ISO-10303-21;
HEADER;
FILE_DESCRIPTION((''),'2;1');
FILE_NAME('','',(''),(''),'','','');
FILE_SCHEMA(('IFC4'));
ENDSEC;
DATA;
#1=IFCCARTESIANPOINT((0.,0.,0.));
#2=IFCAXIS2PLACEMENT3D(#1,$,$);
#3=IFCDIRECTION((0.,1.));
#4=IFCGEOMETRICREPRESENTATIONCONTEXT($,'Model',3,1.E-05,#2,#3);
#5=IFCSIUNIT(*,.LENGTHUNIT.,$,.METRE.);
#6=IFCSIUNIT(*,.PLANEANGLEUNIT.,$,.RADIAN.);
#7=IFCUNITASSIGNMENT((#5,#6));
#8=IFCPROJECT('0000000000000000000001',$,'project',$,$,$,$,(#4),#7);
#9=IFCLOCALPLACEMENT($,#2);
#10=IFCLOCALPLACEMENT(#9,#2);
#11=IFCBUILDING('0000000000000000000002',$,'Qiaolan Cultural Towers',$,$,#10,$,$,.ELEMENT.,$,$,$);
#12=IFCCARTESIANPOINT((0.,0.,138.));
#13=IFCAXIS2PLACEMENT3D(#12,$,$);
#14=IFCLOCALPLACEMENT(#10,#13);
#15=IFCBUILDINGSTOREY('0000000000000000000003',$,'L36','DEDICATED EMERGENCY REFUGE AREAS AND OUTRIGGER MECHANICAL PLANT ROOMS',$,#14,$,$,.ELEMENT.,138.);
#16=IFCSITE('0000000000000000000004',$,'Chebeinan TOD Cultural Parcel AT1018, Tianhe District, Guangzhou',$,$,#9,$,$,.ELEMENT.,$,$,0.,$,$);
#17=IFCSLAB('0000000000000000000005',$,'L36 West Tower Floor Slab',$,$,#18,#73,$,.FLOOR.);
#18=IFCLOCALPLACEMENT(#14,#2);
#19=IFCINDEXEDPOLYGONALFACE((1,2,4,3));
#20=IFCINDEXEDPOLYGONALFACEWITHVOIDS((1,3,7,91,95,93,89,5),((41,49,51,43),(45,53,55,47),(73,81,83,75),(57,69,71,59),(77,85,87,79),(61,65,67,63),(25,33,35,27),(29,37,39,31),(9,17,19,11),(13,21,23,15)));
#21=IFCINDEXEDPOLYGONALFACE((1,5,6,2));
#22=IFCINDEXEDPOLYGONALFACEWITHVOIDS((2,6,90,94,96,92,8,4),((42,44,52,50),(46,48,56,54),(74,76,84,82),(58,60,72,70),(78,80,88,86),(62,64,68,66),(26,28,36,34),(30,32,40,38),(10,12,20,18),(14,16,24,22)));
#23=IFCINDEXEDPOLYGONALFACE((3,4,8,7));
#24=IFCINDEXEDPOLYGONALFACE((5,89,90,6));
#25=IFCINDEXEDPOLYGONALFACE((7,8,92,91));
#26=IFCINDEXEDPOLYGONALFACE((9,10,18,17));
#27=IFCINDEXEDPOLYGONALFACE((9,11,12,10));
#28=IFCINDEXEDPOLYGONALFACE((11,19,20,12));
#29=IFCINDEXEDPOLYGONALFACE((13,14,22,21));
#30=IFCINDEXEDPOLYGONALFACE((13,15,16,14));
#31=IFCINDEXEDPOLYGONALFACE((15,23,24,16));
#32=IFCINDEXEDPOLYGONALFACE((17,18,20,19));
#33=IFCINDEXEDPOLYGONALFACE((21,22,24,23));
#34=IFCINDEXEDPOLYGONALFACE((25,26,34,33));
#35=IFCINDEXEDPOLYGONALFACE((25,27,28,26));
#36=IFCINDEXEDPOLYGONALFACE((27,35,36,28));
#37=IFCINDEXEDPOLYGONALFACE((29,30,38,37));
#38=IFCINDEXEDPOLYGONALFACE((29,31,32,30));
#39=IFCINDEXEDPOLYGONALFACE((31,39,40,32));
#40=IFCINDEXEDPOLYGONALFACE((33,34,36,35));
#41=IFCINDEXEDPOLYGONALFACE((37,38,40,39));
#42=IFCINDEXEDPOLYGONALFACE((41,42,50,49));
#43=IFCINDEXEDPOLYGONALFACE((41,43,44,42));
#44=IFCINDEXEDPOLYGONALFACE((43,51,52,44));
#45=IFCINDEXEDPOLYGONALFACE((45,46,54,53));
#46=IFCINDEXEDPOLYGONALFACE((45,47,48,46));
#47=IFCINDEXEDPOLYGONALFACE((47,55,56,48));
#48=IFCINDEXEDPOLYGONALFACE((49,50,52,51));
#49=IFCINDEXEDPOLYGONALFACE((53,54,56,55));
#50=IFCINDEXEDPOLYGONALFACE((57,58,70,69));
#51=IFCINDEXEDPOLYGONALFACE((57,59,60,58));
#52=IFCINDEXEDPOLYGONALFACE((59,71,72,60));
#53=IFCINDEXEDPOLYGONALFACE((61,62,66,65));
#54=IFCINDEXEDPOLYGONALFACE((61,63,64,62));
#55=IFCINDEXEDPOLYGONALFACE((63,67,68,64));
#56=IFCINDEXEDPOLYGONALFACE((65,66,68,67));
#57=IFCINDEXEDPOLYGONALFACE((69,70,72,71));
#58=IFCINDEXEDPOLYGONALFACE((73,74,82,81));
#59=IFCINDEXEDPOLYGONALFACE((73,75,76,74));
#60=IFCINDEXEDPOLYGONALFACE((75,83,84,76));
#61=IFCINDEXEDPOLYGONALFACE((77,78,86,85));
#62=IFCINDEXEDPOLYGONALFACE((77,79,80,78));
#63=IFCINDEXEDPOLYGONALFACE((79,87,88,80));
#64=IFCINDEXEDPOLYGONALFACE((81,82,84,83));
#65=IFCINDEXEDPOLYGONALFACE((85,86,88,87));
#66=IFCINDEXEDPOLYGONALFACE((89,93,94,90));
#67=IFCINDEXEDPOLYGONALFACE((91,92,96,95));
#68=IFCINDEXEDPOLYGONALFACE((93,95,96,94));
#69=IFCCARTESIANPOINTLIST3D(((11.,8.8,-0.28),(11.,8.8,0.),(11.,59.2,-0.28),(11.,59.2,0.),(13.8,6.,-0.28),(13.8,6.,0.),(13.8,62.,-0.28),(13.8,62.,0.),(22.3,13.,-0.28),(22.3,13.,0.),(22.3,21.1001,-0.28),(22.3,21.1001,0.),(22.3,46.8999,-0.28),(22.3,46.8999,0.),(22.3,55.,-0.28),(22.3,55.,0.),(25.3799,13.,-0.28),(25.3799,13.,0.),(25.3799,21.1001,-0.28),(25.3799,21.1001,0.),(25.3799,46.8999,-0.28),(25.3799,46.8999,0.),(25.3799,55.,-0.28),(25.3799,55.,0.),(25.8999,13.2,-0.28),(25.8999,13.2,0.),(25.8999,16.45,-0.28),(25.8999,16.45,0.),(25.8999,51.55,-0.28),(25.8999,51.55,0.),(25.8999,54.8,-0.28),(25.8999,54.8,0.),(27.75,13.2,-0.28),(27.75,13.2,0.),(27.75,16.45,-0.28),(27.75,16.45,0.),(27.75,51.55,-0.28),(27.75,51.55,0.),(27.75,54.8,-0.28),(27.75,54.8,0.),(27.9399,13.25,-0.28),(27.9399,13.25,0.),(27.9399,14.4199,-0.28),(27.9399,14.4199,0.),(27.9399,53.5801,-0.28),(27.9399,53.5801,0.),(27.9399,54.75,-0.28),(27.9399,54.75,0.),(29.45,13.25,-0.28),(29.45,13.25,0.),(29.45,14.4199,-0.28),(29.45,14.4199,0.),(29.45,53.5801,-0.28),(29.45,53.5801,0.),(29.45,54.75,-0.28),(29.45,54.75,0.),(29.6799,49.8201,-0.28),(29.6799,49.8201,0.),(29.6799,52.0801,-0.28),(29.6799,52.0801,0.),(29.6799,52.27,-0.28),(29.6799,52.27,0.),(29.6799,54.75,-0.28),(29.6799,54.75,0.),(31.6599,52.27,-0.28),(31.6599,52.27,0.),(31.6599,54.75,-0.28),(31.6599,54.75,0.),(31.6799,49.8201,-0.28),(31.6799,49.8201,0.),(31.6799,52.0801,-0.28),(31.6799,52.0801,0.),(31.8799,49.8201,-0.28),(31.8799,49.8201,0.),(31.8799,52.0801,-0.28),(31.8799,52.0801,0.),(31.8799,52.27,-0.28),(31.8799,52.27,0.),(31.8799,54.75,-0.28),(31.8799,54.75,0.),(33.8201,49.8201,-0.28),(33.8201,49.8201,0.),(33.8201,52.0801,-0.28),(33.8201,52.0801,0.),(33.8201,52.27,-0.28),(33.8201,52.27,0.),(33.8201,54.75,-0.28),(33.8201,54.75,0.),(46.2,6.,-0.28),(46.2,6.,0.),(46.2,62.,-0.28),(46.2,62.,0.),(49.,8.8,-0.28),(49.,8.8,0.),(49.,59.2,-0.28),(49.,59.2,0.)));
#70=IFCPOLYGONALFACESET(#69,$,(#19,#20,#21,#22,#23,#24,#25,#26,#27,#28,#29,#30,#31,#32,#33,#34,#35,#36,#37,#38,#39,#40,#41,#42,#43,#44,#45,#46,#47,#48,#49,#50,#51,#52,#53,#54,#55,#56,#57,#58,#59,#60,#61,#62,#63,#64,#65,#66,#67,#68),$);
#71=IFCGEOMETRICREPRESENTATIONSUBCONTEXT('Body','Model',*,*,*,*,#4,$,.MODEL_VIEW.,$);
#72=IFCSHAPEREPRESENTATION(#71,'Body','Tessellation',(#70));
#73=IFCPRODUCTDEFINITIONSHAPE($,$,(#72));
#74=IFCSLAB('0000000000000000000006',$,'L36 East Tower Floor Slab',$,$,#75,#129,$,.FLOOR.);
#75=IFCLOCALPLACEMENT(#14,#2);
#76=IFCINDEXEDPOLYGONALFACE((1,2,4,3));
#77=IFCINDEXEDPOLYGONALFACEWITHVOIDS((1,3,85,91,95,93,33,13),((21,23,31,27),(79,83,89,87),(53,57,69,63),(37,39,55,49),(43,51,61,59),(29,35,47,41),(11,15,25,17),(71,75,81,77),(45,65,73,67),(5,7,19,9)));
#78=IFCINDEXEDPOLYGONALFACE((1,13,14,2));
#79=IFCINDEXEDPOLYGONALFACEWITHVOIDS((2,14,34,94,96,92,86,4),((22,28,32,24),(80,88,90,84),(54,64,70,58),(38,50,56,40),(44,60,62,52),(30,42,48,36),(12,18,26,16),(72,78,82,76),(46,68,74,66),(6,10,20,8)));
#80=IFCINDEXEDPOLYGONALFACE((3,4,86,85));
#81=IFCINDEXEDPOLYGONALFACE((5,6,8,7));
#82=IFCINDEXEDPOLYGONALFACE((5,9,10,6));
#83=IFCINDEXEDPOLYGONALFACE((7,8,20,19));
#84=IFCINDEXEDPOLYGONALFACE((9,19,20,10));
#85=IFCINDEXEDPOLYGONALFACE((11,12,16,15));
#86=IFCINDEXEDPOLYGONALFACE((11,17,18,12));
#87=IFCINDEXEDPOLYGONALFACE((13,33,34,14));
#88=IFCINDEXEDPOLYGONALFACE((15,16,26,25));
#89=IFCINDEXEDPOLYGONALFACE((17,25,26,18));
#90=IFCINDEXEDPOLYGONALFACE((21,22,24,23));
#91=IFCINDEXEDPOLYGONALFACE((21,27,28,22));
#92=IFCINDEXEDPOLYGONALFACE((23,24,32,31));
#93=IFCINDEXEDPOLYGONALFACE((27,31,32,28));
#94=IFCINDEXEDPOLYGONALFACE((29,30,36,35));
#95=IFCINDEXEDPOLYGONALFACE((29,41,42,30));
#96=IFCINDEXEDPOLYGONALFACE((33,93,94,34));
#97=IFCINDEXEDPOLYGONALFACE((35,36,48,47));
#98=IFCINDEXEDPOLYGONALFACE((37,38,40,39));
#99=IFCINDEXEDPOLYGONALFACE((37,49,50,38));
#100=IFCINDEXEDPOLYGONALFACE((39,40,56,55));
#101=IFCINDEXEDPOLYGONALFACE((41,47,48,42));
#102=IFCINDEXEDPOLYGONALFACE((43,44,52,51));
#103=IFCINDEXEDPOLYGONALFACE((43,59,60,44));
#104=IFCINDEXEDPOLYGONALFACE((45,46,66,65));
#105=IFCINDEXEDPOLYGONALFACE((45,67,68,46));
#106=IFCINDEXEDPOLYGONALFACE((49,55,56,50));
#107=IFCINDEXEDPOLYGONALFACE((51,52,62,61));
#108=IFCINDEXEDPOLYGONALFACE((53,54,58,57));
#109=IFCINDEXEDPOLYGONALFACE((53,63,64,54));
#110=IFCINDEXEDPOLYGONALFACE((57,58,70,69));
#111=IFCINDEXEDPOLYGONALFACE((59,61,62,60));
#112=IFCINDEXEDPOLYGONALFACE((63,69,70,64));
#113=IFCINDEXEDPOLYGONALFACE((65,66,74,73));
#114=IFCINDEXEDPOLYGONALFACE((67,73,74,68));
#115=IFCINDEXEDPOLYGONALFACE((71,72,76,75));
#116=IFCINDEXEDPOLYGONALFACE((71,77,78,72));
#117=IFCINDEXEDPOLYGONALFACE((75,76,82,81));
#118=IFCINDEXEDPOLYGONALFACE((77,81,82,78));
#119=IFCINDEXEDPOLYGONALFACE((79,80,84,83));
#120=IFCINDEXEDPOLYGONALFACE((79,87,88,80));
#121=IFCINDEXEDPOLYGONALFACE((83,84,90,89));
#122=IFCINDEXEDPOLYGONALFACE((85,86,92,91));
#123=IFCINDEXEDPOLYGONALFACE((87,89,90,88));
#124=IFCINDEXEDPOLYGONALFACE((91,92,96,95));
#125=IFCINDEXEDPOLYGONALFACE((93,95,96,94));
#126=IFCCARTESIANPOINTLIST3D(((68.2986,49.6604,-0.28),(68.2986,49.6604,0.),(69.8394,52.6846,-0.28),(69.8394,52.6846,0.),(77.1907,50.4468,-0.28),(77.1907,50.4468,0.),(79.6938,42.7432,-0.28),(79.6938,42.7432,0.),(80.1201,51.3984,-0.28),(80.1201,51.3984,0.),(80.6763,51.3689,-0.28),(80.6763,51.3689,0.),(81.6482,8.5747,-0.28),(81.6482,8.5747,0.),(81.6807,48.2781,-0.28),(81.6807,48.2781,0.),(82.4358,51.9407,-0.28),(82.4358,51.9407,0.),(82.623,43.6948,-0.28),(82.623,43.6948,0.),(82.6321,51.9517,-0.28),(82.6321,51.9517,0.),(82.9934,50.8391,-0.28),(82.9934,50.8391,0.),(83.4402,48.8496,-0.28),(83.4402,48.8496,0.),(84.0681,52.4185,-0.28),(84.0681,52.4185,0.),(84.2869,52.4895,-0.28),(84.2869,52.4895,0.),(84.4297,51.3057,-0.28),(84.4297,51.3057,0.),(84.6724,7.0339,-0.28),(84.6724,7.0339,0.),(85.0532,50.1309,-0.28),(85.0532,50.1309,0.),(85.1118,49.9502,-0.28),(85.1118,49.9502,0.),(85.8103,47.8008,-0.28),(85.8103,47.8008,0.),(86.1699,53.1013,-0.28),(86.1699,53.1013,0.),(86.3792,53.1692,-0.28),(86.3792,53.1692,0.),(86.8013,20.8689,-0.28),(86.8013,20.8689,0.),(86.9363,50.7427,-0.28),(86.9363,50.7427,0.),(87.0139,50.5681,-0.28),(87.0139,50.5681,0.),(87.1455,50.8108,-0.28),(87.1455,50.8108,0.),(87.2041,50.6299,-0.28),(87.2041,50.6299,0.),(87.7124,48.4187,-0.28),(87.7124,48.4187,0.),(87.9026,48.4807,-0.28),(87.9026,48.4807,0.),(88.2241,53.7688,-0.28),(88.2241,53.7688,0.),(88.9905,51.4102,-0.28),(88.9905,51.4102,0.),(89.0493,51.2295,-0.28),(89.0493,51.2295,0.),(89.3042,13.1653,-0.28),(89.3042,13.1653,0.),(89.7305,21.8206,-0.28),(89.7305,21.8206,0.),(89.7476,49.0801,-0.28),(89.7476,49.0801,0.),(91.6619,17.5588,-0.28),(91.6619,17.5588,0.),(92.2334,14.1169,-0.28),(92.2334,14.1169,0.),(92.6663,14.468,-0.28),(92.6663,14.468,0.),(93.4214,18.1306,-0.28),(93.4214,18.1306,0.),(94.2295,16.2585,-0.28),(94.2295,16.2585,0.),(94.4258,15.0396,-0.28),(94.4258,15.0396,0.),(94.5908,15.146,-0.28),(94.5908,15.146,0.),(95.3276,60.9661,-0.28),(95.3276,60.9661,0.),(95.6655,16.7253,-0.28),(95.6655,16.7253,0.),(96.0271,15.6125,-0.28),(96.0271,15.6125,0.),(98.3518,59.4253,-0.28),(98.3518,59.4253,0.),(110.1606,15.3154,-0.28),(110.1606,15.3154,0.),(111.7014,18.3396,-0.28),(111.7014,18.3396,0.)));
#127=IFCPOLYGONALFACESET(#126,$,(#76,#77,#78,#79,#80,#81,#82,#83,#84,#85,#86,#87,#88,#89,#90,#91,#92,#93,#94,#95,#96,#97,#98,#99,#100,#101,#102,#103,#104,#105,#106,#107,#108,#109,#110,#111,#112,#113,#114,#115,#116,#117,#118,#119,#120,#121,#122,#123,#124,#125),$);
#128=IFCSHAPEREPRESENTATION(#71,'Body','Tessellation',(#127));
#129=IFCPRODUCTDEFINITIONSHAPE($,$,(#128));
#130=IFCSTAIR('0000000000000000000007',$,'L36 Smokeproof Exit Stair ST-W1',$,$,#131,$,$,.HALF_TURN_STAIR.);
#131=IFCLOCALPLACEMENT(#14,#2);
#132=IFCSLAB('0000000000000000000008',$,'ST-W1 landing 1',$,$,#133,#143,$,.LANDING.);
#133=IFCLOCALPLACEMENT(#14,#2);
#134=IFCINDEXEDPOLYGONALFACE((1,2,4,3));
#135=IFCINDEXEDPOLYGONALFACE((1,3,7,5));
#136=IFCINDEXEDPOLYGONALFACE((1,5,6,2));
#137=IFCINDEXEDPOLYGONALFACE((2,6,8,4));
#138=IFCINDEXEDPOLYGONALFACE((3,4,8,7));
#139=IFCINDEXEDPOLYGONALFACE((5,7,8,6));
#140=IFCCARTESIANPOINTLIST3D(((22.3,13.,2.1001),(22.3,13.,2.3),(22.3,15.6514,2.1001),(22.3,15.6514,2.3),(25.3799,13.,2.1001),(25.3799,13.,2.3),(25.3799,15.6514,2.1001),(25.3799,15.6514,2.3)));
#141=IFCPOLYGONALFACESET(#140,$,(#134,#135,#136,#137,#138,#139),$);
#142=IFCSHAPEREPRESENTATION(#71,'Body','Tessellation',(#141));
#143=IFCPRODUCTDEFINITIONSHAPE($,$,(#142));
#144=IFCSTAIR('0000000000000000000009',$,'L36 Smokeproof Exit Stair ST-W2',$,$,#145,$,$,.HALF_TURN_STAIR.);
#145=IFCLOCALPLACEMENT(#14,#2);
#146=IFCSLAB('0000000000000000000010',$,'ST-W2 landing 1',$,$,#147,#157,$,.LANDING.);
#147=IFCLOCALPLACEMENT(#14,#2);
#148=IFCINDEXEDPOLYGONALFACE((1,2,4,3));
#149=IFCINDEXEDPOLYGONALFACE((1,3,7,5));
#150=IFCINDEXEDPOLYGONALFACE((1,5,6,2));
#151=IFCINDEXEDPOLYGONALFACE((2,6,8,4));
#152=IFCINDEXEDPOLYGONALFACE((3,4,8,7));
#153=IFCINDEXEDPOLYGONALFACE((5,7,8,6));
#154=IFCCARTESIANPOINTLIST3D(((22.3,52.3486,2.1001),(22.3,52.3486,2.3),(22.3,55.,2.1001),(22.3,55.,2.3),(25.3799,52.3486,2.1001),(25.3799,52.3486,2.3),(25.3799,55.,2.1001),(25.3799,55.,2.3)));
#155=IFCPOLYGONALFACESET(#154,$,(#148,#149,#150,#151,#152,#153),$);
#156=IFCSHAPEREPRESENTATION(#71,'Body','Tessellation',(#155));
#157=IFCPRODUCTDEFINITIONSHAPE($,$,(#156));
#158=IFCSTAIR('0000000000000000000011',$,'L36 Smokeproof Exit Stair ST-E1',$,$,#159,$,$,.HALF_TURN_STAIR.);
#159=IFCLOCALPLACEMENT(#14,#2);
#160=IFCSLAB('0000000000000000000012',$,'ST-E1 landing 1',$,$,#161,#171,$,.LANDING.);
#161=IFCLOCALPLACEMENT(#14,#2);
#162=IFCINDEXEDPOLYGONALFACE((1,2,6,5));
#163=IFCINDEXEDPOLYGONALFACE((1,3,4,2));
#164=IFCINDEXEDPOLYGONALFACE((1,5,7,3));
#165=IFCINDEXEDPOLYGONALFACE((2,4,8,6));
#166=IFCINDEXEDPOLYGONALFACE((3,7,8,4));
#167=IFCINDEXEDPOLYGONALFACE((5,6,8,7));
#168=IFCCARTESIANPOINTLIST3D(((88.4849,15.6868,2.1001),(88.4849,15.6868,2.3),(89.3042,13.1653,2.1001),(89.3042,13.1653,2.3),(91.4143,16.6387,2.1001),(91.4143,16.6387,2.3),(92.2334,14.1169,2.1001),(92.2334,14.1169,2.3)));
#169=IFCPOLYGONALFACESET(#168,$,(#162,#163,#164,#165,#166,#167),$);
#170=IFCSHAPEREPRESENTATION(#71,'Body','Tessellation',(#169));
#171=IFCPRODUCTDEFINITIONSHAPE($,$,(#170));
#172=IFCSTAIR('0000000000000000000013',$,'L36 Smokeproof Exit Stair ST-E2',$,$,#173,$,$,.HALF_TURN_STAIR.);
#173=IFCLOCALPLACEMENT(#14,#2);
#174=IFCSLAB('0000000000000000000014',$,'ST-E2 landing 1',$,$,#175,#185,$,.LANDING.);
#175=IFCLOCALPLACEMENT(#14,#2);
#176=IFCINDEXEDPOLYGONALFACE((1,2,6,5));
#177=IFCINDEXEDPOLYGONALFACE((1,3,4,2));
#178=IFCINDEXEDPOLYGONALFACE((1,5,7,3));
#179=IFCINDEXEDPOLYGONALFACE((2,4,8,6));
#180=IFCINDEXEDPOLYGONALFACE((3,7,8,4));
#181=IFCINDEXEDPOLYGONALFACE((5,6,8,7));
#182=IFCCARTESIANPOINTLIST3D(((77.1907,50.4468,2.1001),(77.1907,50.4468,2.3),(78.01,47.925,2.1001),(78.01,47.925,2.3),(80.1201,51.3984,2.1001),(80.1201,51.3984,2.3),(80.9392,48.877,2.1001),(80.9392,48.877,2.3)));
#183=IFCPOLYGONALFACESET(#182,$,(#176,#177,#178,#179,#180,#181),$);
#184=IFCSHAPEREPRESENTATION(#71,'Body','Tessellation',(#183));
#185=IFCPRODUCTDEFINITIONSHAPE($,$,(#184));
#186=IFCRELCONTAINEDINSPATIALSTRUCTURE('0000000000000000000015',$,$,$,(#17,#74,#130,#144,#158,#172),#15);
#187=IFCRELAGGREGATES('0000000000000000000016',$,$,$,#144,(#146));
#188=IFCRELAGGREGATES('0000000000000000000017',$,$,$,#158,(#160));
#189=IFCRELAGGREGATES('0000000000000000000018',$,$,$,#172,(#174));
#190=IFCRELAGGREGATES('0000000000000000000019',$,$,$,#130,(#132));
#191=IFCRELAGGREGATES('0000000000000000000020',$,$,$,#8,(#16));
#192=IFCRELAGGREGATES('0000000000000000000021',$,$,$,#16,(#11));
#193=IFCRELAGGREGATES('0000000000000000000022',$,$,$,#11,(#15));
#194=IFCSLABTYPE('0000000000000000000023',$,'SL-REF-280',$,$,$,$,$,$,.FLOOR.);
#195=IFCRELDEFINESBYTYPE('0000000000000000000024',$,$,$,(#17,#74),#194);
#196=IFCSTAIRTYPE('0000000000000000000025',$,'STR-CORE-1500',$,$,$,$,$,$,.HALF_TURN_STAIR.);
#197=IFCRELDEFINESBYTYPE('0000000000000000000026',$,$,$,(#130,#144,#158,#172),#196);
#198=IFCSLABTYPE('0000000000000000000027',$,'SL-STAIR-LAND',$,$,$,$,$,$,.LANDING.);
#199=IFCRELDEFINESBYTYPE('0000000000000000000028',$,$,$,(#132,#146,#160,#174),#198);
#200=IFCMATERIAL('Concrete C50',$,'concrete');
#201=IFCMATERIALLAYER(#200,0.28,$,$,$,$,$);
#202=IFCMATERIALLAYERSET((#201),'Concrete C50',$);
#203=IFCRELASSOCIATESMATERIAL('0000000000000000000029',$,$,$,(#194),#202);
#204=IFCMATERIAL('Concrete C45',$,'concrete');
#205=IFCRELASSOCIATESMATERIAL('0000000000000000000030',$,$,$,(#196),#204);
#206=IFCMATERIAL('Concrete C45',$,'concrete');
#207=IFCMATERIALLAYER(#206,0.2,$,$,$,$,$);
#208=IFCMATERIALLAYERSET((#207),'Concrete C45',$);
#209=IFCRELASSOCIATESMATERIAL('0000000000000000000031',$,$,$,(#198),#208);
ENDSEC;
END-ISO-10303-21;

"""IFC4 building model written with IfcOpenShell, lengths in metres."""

from ifc_helpers import new_model, si_unit, direction, frame, origin, place, context, subcontext, project, spatial, polyline, outline, extrude, material, layer, layer_set, type_object, element, aggregate, save


model = new_model("IFC4")

# Units and contexts
model_context = context("Model", 3, precision=1e-05, world=origin(), true_north=direction((0.0, 1.0)))
body_context = subcontext(model_context, "Body", "Model", "MODEL_VIEW")
ifc_project = project(units=[si_unit("LENGTHUNIT", "METRE"), si_unit("PLANEANGLEUNIT", "RADIAN")], contexts=[model_context])

# Site, building, storey
site_placement = place(None, origin())
site = spatial("IfcSite", under=ifc_project, at=site_placement, Name="Chebeinan TOD Cultural Parcel AT1018, Tianhe District, Guangzhou", CompositionType="ELEMENT", RefElevation=0.0)
building_placement = place(site_placement, origin())
building = spatial("IfcBuilding", under=site, at=building_placement, Name="Qiaolan Cultural Towers", CompositionType="ELEMENT")
storey_placement = place(building_placement, frame((0.0, 0.0, 138.0)))
storey = spatial("IfcBuildingStorey", under=building, at=storey_placement, Name="L36", Description="DEDICATED EMERGENCY REFUGE AREAS AND OUTRIGGER MECHANICAL PLANT ROOMS", CompositionType="ELEMENT", Elevation=138.0)

# Slabs
ifc_material_1 = material(Name="Concrete C50", Category="concrete")
ifc_layer_1 = layer(ifc_material_1, 0.28)
ifc_layer_set_1 = layer_set([ifc_layer_1], Name="Concrete C50")
slab_type_1 = type_object("IfcSlabType", Name="SL-REF-280", PredefinedType="FLOOR", material=ifc_layer_set_1)
slab_1_placement = place(storey_placement, frame((0.0, 0.0, -0.28)))
element("IfcSlab", 1, at=slab_1_placement, inside=storey, type_object=slab_type_1, Name="L36 West Tower Floor Slab", PredefinedType="FLOOR", context=body_context, shape_type="SweptSolid", body=[
    extrude(outline(polyline([(13.8, 6.0), (46.2, 6.0), (49.0, 8.8), (49.0, 59.2), (46.2, 62.0), (13.8, 62.0), (11.0, 59.2), (11.0, 8.8), (13.8, 6.0)]), holes=[polyline([(22.3, 21.1001), (22.3, 13.0), (25.3799, 13.0), (25.3799, 21.1001), (22.3, 21.1001)]), polyline([(25.3799, 46.8999), (25.3799, 55.0), (22.3, 55.0), (22.3, 46.8999), (25.3799, 46.8999)]), polyline([(25.8999, 13.2), (27.75, 13.2), (27.75, 16.45), (25.8999, 16.45), (25.8999, 13.2)]), polyline([(27.9399, 13.25), (29.45, 13.25), (29.45, 14.4199), (27.9399, 14.4199), (27.9399, 13.25)]), polyline([(25.8999, 51.55), (27.75, 51.55), (27.75, 54.8), (25.8999, 54.8), (25.8999, 51.55)]), polyline([(27.9399, 53.5801), (29.45, 53.5801), (29.45, 54.75), (27.9399, 54.75), (27.9399, 53.5801)]), polyline([(29.6799, 49.8201), (31.6799, 49.8201), (31.6799, 52.0801), (29.6799, 52.0801), (29.6799, 49.8201)]), polyline([(31.8799, 49.8201), (33.8201, 49.8201), (33.8201, 52.0801), (31.8799, 52.0801), (31.8799, 49.8201)]), polyline([(29.6799, 52.27), (31.6599, 52.27), (31.6599, 54.75), (29.6799, 54.75), (29.6799, 52.27)]), polyline([(31.8799, 52.27), (33.8201, 52.27), (33.8201, 54.75), (31.8799, 54.75), (31.8799, 52.27)])]), origin(), (0.0, 0.0, 1.0), 0.28),
])
slab_2_placement = place(storey_placement, frame((0.0, 0.0, -0.28)))
element("IfcSlab", 2, at=slab_2_placement, inside=storey, type_object=slab_type_1, Name="L36 East Tower Floor Slab", PredefinedType="FLOOR", context=body_context, shape_type="SweptSolid", body=[
    extrude(outline(polyline([(84.6724, 7.0339), (110.1606, 15.3154), (111.7014, 18.3396), (98.3518, 59.4253), (95.3276, 60.9661), (69.8394, 52.6846), (68.2986, 49.6604), (81.6482, 8.5747), (84.6724, 7.0339)]), holes=[polyline([(86.8013, 20.8689), (89.3042, 13.1653), (92.2334, 14.1169), (89.7305, 21.8206), (86.8013, 20.8689)]), polyline([(82.623, 43.6948), (80.1201, 51.3984), (77.1907, 50.4468), (79.6938, 42.7432), (82.623, 43.6948)]), polyline([(92.6663, 14.468), (94.4258, 15.0396), (93.4214, 18.1306), (91.6619, 17.5588), (92.6663, 14.468)]), polyline([(94.5908, 15.146), (96.0271, 15.6125), (95.6655, 16.7253), (94.2295, 16.2585), (94.5908, 15.146)]), polyline([(81.6807, 48.2781), (83.4402, 48.8496), (82.4358, 51.9407), (80.6763, 51.3689), (81.6807, 48.2781)]), polyline([(82.9934, 50.8391), (84.4297, 51.3057), (84.0681, 52.4185), (82.6321, 51.9517), (82.9934, 50.8391)]), polyline([(85.8103, 47.8008), (87.7124, 48.4187), (87.0139, 50.5681), (85.1118, 49.9502), (85.8103, 47.8008)]), polyline([(87.9026, 48.4807), (89.7476, 49.0801), (89.0493, 51.2295), (87.2041, 50.6299), (87.9026, 48.4807)]), polyline([(85.0532, 50.1309), (86.9363, 50.7427), (86.1699, 53.1013), (84.2869, 52.4895), (85.0532, 50.1309)]), polyline([(87.1455, 50.8108), (88.9905, 51.4102), (88.2241, 53.7688), (86.3792, 53.1692), (87.1455, 50.8108)])]), origin(), (0.0, 0.0, 1.0), 0.28),
])

# Stairs, slabs
ifc_material_2 = material(Name="Concrete C45", Category="concrete")
stair_type = type_object("IfcStairType", Name="STR-CORE-1500", PredefinedType="HALF_TURN_STAIR", material=ifc_material_2)
stair_1_placement = place(storey_placement, origin())
stair_1 = element("IfcStair", 3, at=stair_1_placement, inside=storey, type_object=stair_type, Name="L36 Smokeproof Exit Stair ST-W1", PredefinedType="HALF_TURN_STAIR")
ifc_material_3 = material(Name="Concrete C45", Category="concrete")
ifc_layer_2 = layer(ifc_material_3, 0.2)
ifc_layer_set_2 = layer_set([ifc_layer_2], Name="Concrete C45")
slab_type_2 = type_object("IfcSlabType", Name="SL-STAIR-LAND", PredefinedType="LANDING", material=ifc_layer_set_2)
slab_3_placement = place(storey_placement, frame((0.0, 0.0, 2.1001)))
slab_3 = element("IfcSlab", 4, at=slab_3_placement, type_object=slab_type_2, Name="ST-W1 landing 1", PredefinedType="LANDING", context=body_context, shape_type="SweptSolid", body=[
    extrude(outline(polyline([(22.3, 15.6514), (22.3, 13.0), (25.3799, 13.0), (25.3799, 15.6514), (22.3, 15.6514)])), origin(), (0.0, 0.0, 1.0), 0.2),
])
stair_2_placement = place(storey_placement, origin())
stair_2 = element("IfcStair", 5, at=stair_2_placement, inside=storey, type_object=stair_type, Name="L36 Smokeproof Exit Stair ST-W2", PredefinedType="HALF_TURN_STAIR")
slab_4_placement = place(storey_placement, frame((0.0, 0.0, 2.1001)))
slab_4 = element("IfcSlab", 6, at=slab_4_placement, type_object=slab_type_2, Name="ST-W2 landing 1", PredefinedType="LANDING", context=body_context, shape_type="SweptSolid", body=[
    extrude(outline(polyline([(25.3799, 52.3486), (25.3799, 55.0), (22.3, 55.0), (22.3, 52.3486), (25.3799, 52.3486)])), origin(), (0.0, 0.0, 1.0), 0.2),
])
aggregate(stair_2, [slab_4])
stair_3_placement = place(storey_placement, origin())
stair_3 = element("IfcStair", 7, at=stair_3_placement, inside=storey, type_object=stair_type, Name="L36 Smokeproof Exit Stair ST-E1", PredefinedType="HALF_TURN_STAIR")
slab_5_placement = place(storey_placement, frame((0.0, 0.0, 2.1001)))
slab_5 = element("IfcSlab", 8, at=slab_5_placement, type_object=slab_type_2, Name="ST-E1 landing 1", PredefinedType="LANDING", context=body_context, shape_type="SweptSolid", body=[
    extrude(outline(polyline([(88.4849, 15.6868), (89.3042, 13.1653), (92.2334, 14.1169), (91.4143, 16.6387), (88.4849, 15.6868)])), origin(), (0.0, 0.0, 1.0), 0.2),
])
aggregate(stair_3, [slab_5])
stair_4_placement = place(storey_placement, origin())
stair_4 = element("IfcStair", 9, at=stair_4_placement, inside=storey, type_object=stair_type, Name="L36 Smokeproof Exit Stair ST-E2", PredefinedType="HALF_TURN_STAIR")
slab_6_placement = place(storey_placement, frame((0.0, 0.0, 2.1001)))
slab_6 = element("IfcSlab", 10, at=slab_6_placement, type_object=slab_type_2, Name="ST-E2 landing 1", PredefinedType="LANDING", context=body_context, shape_type="SweptSolid", body=[
    extrude(outline(polyline([(80.9392, 48.877), (80.1201, 51.3984), (77.1907, 50.4468), (78.01, 47.925), (80.9392, 48.877)])), origin(), (0.0, 0.0, 1.0), 0.2),
])
aggregate(stair_4, [slab_6])

aggregate(stair_1, [slab_3])

save(model, "model.ifc")
